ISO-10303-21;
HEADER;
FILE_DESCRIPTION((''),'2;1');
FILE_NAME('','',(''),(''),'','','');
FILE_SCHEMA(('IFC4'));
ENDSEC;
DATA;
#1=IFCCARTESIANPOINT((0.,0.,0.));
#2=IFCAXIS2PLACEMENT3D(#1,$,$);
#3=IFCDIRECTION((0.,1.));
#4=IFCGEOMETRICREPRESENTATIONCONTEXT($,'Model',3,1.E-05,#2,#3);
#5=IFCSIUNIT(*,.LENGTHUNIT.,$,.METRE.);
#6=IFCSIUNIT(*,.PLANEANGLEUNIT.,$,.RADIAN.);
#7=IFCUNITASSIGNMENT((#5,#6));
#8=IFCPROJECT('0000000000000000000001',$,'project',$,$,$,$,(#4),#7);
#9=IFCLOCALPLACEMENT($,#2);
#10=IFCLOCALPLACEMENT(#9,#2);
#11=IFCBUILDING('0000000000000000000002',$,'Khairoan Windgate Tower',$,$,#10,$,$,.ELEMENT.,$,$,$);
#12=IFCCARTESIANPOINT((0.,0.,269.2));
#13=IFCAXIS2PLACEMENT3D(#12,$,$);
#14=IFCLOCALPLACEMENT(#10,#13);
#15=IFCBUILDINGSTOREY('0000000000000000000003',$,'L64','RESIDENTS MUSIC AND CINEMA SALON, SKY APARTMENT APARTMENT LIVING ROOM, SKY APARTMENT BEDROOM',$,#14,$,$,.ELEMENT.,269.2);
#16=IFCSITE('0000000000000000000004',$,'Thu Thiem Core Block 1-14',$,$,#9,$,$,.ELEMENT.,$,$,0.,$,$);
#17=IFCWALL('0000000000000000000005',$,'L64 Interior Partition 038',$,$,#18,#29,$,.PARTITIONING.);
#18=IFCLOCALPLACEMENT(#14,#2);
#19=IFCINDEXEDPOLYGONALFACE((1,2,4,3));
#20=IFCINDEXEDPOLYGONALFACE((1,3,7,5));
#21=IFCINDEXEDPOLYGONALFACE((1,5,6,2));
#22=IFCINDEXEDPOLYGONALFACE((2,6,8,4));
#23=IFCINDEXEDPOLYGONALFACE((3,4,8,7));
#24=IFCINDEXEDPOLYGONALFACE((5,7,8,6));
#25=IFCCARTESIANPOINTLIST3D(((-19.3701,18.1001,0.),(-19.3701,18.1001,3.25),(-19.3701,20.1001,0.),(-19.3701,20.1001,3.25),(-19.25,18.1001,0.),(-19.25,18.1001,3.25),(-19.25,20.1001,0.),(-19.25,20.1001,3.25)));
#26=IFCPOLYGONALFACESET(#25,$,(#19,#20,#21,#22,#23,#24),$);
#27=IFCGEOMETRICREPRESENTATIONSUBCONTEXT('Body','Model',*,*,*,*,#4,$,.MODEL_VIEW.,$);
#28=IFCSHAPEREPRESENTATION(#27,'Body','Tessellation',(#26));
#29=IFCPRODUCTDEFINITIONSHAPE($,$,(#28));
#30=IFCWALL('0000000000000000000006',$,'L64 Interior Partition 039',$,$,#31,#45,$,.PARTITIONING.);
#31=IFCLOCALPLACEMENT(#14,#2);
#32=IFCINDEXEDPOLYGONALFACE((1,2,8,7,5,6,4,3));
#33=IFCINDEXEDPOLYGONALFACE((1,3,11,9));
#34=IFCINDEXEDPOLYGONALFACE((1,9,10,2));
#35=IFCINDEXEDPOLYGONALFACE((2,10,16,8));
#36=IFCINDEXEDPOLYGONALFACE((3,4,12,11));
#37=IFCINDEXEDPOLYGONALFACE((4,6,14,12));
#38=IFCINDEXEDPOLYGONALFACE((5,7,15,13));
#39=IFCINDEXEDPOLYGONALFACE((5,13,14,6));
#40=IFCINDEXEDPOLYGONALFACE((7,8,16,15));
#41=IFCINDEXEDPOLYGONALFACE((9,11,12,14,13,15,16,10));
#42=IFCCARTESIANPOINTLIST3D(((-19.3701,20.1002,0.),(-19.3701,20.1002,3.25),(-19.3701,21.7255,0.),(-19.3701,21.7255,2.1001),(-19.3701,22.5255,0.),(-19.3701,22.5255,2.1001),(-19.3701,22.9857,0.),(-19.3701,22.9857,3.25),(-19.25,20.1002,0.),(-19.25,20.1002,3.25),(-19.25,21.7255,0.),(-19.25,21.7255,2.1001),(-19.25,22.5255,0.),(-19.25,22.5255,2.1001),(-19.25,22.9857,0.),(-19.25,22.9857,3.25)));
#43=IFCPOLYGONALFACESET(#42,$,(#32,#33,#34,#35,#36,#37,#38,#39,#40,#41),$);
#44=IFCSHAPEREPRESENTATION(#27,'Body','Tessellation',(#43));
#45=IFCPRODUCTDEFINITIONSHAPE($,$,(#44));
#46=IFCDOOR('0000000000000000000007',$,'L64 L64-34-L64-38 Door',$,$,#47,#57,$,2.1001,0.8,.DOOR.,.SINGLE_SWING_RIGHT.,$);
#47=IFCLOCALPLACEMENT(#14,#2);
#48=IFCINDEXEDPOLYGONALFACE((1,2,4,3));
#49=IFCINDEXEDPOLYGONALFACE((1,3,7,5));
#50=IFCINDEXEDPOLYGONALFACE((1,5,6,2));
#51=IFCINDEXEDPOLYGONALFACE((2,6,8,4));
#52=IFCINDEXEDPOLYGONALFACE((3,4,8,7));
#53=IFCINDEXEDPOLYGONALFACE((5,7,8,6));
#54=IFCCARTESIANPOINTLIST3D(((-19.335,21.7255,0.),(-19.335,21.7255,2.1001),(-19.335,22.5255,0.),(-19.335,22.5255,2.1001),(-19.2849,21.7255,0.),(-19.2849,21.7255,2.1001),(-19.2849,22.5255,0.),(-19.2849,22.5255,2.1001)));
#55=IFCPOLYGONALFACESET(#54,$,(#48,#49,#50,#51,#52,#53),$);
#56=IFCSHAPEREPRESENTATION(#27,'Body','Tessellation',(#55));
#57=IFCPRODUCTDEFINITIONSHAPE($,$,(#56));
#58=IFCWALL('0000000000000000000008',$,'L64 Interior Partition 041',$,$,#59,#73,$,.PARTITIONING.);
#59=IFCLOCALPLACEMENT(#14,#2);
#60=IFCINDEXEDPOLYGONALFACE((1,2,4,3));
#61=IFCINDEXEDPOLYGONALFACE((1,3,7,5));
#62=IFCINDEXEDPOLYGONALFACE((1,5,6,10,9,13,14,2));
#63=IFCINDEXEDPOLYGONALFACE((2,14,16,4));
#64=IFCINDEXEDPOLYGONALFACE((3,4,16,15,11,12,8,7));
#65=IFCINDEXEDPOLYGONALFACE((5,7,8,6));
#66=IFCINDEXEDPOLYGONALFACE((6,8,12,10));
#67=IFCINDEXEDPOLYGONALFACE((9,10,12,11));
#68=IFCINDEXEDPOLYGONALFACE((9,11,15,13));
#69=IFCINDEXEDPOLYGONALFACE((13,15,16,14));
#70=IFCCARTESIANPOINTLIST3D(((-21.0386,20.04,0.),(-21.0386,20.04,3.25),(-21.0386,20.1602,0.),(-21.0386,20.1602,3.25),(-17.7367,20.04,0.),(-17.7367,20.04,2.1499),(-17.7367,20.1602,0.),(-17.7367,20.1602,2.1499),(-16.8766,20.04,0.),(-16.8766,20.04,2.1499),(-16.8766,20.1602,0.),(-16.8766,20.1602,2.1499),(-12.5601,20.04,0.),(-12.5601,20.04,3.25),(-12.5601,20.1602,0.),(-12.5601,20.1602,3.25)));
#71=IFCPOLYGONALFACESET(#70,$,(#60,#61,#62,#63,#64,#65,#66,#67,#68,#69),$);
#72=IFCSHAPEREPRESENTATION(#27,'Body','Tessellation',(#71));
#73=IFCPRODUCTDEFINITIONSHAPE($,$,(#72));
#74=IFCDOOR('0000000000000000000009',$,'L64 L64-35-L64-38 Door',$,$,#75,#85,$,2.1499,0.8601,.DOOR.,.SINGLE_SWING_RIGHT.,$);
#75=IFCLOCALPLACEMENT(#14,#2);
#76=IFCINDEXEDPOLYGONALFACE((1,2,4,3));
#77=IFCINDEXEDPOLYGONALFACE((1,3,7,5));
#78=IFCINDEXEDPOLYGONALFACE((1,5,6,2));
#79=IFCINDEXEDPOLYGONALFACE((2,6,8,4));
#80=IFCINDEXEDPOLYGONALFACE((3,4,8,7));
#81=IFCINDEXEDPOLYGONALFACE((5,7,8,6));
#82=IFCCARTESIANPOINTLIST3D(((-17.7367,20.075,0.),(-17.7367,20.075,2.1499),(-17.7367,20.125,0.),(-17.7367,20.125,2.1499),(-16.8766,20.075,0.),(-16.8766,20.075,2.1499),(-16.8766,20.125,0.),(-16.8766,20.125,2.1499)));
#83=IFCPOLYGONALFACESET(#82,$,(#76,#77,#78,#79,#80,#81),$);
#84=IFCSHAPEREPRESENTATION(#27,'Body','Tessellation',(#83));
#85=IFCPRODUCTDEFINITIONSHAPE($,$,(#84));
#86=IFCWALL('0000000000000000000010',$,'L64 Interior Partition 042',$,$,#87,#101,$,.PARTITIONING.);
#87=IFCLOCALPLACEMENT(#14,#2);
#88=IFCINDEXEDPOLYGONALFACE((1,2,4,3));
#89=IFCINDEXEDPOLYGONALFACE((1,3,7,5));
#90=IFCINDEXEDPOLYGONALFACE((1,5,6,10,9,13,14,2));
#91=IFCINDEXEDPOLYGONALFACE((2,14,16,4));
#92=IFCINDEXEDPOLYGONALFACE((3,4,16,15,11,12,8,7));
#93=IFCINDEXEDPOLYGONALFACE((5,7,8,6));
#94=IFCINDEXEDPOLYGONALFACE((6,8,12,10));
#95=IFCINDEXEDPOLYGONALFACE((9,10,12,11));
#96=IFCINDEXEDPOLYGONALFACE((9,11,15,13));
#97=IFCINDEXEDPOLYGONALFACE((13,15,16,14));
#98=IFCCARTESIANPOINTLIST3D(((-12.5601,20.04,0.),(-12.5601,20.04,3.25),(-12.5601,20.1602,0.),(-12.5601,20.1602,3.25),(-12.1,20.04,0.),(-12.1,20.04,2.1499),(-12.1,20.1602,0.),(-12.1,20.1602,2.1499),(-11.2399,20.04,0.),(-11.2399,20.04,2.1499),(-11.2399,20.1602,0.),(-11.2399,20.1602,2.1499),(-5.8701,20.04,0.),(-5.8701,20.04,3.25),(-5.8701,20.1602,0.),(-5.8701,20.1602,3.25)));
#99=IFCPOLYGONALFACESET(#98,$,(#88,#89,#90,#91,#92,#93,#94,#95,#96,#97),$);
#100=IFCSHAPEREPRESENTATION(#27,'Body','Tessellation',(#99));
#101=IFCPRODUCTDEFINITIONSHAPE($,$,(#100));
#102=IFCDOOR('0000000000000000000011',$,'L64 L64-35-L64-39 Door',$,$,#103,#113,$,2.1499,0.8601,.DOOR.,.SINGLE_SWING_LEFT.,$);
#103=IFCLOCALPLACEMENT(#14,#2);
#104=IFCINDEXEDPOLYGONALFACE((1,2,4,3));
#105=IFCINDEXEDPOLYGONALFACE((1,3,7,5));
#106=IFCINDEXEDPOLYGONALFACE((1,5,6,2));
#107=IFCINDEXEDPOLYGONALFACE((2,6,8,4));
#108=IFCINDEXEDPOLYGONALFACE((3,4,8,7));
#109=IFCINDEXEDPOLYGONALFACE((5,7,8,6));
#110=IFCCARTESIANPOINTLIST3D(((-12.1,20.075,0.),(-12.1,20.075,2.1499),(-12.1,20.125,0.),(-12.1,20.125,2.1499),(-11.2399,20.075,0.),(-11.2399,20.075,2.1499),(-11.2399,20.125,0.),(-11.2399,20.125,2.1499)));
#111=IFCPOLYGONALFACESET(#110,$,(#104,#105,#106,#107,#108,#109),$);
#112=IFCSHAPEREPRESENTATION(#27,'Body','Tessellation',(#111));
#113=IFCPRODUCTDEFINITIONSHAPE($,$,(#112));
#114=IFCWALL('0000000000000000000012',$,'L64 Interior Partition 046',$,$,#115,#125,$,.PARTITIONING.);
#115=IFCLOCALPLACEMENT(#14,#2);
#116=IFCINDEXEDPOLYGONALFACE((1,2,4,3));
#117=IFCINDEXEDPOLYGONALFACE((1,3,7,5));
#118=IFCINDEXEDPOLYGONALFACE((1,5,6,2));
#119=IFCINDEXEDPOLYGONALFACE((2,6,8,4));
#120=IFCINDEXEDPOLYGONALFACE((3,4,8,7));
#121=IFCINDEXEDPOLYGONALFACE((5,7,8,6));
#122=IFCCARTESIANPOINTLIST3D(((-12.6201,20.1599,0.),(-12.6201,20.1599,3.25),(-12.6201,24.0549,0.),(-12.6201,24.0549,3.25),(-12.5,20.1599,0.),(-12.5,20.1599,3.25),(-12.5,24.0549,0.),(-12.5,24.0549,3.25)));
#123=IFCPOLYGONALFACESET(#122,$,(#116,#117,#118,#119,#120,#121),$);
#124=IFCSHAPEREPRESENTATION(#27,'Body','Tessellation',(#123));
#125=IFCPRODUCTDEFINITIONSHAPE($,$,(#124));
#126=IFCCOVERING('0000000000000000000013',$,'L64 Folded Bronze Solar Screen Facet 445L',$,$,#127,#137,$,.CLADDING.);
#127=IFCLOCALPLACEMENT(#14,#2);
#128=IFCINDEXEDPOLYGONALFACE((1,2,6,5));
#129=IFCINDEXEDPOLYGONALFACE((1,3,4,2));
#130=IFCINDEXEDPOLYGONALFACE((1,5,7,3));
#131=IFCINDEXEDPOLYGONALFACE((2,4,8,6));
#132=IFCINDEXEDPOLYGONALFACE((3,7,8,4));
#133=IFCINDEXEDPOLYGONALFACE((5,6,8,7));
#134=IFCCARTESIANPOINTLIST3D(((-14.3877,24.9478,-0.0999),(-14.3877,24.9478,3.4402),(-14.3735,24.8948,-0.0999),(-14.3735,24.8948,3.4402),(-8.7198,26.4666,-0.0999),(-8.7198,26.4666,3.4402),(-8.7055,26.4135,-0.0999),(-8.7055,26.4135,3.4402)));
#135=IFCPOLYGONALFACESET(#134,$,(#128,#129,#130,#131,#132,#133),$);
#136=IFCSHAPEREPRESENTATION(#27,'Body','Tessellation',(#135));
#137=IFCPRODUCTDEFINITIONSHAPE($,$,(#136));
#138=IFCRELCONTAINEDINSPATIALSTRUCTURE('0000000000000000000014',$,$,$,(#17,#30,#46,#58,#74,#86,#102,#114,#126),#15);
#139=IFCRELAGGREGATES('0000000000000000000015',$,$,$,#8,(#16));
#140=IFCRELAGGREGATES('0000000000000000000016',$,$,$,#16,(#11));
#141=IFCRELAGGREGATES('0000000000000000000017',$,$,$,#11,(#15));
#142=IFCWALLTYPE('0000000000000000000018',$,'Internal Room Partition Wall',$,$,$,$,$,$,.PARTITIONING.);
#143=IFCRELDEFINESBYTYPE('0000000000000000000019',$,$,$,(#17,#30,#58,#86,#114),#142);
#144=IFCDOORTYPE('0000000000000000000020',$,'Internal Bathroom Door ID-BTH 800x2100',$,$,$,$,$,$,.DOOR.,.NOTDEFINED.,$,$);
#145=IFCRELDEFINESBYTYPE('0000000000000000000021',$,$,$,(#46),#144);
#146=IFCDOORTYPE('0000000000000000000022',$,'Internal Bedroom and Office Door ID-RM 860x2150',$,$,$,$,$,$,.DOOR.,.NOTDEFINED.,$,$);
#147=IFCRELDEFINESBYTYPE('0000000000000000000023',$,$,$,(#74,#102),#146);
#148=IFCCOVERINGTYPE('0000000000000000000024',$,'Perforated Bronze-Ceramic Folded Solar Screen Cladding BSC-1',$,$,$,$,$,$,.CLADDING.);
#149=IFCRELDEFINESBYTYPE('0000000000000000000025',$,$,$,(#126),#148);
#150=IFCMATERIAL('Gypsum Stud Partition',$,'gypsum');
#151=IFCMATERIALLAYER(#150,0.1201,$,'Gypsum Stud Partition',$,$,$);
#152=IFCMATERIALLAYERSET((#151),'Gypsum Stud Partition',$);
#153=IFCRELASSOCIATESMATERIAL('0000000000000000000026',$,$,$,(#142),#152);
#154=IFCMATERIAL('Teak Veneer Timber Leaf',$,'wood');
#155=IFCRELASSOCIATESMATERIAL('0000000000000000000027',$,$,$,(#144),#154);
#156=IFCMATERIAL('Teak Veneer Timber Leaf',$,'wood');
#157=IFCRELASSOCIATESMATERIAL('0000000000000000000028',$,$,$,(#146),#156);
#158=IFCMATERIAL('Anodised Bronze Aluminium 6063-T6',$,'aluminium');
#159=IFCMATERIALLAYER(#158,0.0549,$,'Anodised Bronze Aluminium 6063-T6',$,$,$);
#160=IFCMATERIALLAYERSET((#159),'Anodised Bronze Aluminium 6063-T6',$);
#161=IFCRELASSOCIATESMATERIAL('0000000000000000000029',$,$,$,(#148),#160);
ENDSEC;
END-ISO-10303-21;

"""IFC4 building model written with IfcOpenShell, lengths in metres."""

from ifc_helpers import new_model, si_unit, direction, frame, frame_2d, origin, origin_2d, place, context, subcontext, project, spatial, rectangle, extrude, material, layer, layer_set, type_object, element, fill, save


model = new_model("IFC4")

# Units and contexts
model_context = context("Model", 3, precision=1e-05, world=origin(), true_north=direction((0.0, 1.0)))
body_context = subcontext(model_context, "Body", "Model", "MODEL_VIEW")
ifc_project = project(units=[si_unit("LENGTHUNIT", "METRE"), si_unit("PLANEANGLEUNIT", "RADIAN")], contexts=[model_context])

# Site, building, storey
site_placement = place(None, origin())
site = spatial("IfcSite", under=ifc_project, at=site_placement, Name="Thu Thiem Core Block 1-14", CompositionType="ELEMENT", RefElevation=0.0)
building_placement = place(site_placement, origin())
building = spatial("IfcBuilding", under=site, at=building_placement, Name="Khairoan Windgate Tower", CompositionType="ELEMENT")
storey_placement = place(building_placement, frame((0.0, 0.0, 269.2)))
storey = spatial("IfcBuildingStorey", under=building, at=storey_placement, Name="L64", Description="RESIDENTS MUSIC AND CINEMA SALON, SKY APARTMENT APARTMENT LIVING ROOM, SKY APARTMENT BEDROOM", CompositionType="ELEMENT", Elevation=269.2)

# Wall
ifc_material_1 = material(Name="Gypsum Stud Partition", Category="gypsum")
ifc_layer_1 = layer(ifc_material_1, 0.1201, Name="Gypsum Stud Partition")
ifc_layer_set_1 = layer_set([ifc_layer_1], Name="Gypsum Stud Partition")
wall_type_1 = type_object("IfcWallType", Name="Internal Room Partition Wall", PredefinedType="PARTITIONING", material=ifc_layer_set_1)
wall_1_placement = place(storey_placement, frame((-19.3101, 18.1001, 0.0), z_axis=(0.0, 0.0, 1.0), x_axis=(0.0, 1.0, 0.0)))
element("IfcWall", 1, at=wall_1_placement, inside=storey, type_object=wall_type_1, Name="L64 Interior Partition 038", PredefinedType="PARTITIONING", context=body_context, shape_type="SweptSolid", body=[
    extrude(rectangle(XDim=2.0, YDim=0.1201, at=frame_2d((1.0, 0.0))), origin(), (0.0, 0.0, 1.0), 3.25),
])

# Walls, openings, doors
wall_2_placement = place(storey_placement, frame((-19.3101, 20.1001, 0.0), z_axis=(0.0, 0.0, 1.0), x_axis=(0.0, 1.0, 0.0)))
wall_2 = element("IfcWall", 2, at=wall_2_placement, inside=storey, type_object=wall_type_1, Name="L64 Interior Partition 039", PredefinedType="PARTITIONING", context=body_context, shape_type="SweptSolid", body=[
    extrude(rectangle(XDim=2.8855, YDim=0.1201, at=frame_2d((1.4429, 0.0))), origin(), (0.0, 0.0, 1.0), 3.25),
])
opening_1_placement = place(wall_2_placement, frame((1.6255, 0.0, 0.0)))
opening_1 = element("IfcOpeningElement", 3, at=opening_1_placement, cuts=wall_2, PredefinedType="OPENING", context=body_context, shape_type="SweptSolid", body=[
    extrude(rectangle(XDim=0.8, YDim=2.1001, at=frame_2d((0.3999, 1.05))), frame((0.0, 0.0701, 0.0), z_axis=(0.0, -1.0, 0.0), x_axis=(1.0, 0.0, 0.0)), (0.0, 0.0, 1.0), 0.1401),
])
ifc_material_2 = material(Name="Teak Veneer Timber Leaf", Category="wood")
door_type_1 = type_object("IfcDoorType", Name="Internal Bathroom Door ID-BTH 800x2100", OperationType="NOTDEFINED", PredefinedType="DOOR", material=ifc_material_2)
door_1_placement = place(opening_1_placement, origin())
door_1 = element("IfcDoor", 4, at=door_1_placement, inside=storey, type_object=door_type_1, Name="L64 L64-34-L64-38 Door", OperationType="SINGLE_SWING_RIGHT", OverallHeight=2.1001, OverallWidth=0.8, PredefinedType="DOOR", context=body_context, shape_type="SweptSolid", body=[
    extrude(rectangle(XDim=0.8, YDim=2.1001, at=frame_2d((0.3999, 1.05))), frame((0.0, 0.0249, 0.0), z_axis=(0.0, -1.0, 0.0), x_axis=(1.0, 0.0, 0.0)), (0.0, 0.0, 1.0), 0.05),
])
fill(opening_1, door_1)
wall_3_placement = place(storey_placement, frame((-21.0386, 20.1001, 0.0), z_axis=(0.0, 0.0, 1.0), x_axis=(1.0, 0.0, 0.0)))
wall_3 = element("IfcWall", 5, at=wall_3_placement, inside=storey, type_object=wall_type_1, Name="L64 Interior Partition 041", PredefinedType="PARTITIONING", context=body_context, shape_type="SweptSolid", body=[
    extrude(rectangle(XDim=8.4785, YDim=0.1201, at=frame_2d((4.2393, 0.0))), origin(), (0.0, 0.0, 1.0), 3.25),
])
opening_2_placement = place(wall_3_placement, frame((3.3018, 0.0, 0.0)))
opening_2 = element("IfcOpeningElement", 6, at=opening_2_placement, cuts=wall_3, PredefinedType="OPENING", context=body_context, shape_type="SweptSolid", body=[
    extrude(rectangle(XDim=0.8601, YDim=2.1499, at=frame_2d((0.4302, 1.075))), frame((0.0, 0.0701, 0.0), z_axis=(0.0, -1.0, 0.0), x_axis=(1.0, 0.0, 0.0)), (0.0, 0.0, 1.0), 0.1401),
])
ifc_material_3 = material(Name="Teak Veneer Timber Leaf", Category="wood")
door_type_2 = type_object("IfcDoorType", Name="Internal Bedroom and Office Door ID-RM 860x2150", OperationType="NOTDEFINED", PredefinedType="DOOR", material=ifc_material_3)
door_2_placement = place(opening_2_placement, origin())
door_2 = element("IfcDoor", 7, at=door_2_placement, inside=storey, type_object=door_type_2, Name="L64 L64-35-L64-38 Door", OperationType="SINGLE_SWING_RIGHT", OverallHeight=2.1499, OverallWidth=0.8601, PredefinedType="DOOR", context=body_context, shape_type="SweptSolid", body=[
    extrude(rectangle(XDim=0.8601, YDim=2.1499, at=frame_2d((0.4302, 1.075))), frame((0.0, 0.0249, 0.0), z_axis=(0.0, -1.0, 0.0), x_axis=(1.0, 0.0, 0.0)), (0.0, 0.0, 1.0), 0.05),
])
fill(opening_2, door_2)
wall_4_placement = place(storey_placement, frame((-12.5601, 20.1001, 0.0), z_axis=(0.0, 0.0, 1.0), x_axis=(1.0, 0.0, 0.0)))
wall_4 = element("IfcWall", 8, at=wall_4_placement, inside=storey, type_object=wall_type_1, Name="L64 Interior Partition 042", PredefinedType="PARTITIONING", context=body_context, shape_type="SweptSolid", body=[
    extrude(rectangle(XDim=6.6899, YDim=0.1201, at=frame_2d((3.345, 0.0))), origin(), (0.0, 0.0, 1.0), 3.25),
])
opening_3_placement = place(wall_4_placement, frame((0.46, 0.0, 0.0)))
opening_3 = element("IfcOpeningElement", 9, at=opening_3_placement, cuts=wall_4, PredefinedType="OPENING", context=body_context, shape_type="SweptSolid", body=[
    extrude(rectangle(XDim=0.8601, YDim=2.1499, at=frame_2d((0.4302, 1.075))), frame((0.0, 0.0701, 0.0), z_axis=(0.0, -1.0, 0.0), x_axis=(1.0, 0.0, 0.0)), (0.0, 0.0, 1.0), 0.1401),
])
door_3_placement = place(opening_3_placement, origin())
door_3 = element("IfcDoor", 10, at=door_3_placement, inside=storey, type_object=door_type_2, Name="L64 L64-35-L64-39 Door", OperationType="SINGLE_SWING_LEFT", OverallHeight=2.1499, OverallWidth=0.8601, PredefinedType="DOOR", context=body_context, shape_type="SweptSolid", body=[
    extrude(rectangle(XDim=0.8601, YDim=2.1499, at=frame_2d((0.4302, 1.075))), frame((0.0, 0.0249, 0.0), z_axis=(0.0, -1.0, 0.0), x_axis=(1.0, 0.0, 0.0)), (0.0, 0.0, 1.0), 0.05),
])
fill(opening_3, door_3)

# Wall
wall_5_placement = place(storey_placement, frame((-12.5601, 20.1599, 0.0), z_axis=(0.0, 0.0, 1.0), x_axis=(0.0, 1.0, 0.0)))
element("IfcWall", 11, at=wall_5_placement, inside=storey, type_object=wall_type_1, Name="L64 Interior Partition 046", PredefinedType="PARTITIONING", context=body_context, shape_type="SweptSolid", body=[
    extrude(rectangle(XDim=3.895, YDim=0.1201, at=frame_2d((1.9475, 0.0))), origin(), (0.0, 0.0, 1.0), 3.25),
])

# Covering
ifc_material_4 = material(Name="Anodised Bronze Aluminium 6063-T6", Category="aluminium")
ifc_layer_2 = layer(ifc_material_4, 0.0549, Name="Anodised Bronze Aluminium 6063-T6")
ifc_layer_set_2 = layer_set([ifc_layer_2], Name="Anodised Bronze Aluminium 6063-T6")
covering_type = type_object("IfcCoveringType", Name="Perforated Bronze-Ceramic Folded Solar Screen Cladding BSC-1", PredefinedType="CLADDING", material=ifc_layer_set_2)
covering_placement = place(storey_placement, frame((-11.5466, 25.6807, -0.0999), z_axis=(0.0, 0.0, 1.0), x_axis=(0.965926, 0.258819, 0.0)))
element("IfcCovering", 12, at=covering_placement, inside=storey, type_object=covering_type, Name="L64 Folded Bronze Solar Screen Facet 445L", PredefinedType="CLADDING", context=body_context, shape_type="SweptSolid", body=[
    extrude(rectangle(XDim=5.8679, YDim=0.0549, at=origin_2d()), origin(), (0.0, 0.0, 1.0), 3.54),
])

save(model, "model.ifc")
